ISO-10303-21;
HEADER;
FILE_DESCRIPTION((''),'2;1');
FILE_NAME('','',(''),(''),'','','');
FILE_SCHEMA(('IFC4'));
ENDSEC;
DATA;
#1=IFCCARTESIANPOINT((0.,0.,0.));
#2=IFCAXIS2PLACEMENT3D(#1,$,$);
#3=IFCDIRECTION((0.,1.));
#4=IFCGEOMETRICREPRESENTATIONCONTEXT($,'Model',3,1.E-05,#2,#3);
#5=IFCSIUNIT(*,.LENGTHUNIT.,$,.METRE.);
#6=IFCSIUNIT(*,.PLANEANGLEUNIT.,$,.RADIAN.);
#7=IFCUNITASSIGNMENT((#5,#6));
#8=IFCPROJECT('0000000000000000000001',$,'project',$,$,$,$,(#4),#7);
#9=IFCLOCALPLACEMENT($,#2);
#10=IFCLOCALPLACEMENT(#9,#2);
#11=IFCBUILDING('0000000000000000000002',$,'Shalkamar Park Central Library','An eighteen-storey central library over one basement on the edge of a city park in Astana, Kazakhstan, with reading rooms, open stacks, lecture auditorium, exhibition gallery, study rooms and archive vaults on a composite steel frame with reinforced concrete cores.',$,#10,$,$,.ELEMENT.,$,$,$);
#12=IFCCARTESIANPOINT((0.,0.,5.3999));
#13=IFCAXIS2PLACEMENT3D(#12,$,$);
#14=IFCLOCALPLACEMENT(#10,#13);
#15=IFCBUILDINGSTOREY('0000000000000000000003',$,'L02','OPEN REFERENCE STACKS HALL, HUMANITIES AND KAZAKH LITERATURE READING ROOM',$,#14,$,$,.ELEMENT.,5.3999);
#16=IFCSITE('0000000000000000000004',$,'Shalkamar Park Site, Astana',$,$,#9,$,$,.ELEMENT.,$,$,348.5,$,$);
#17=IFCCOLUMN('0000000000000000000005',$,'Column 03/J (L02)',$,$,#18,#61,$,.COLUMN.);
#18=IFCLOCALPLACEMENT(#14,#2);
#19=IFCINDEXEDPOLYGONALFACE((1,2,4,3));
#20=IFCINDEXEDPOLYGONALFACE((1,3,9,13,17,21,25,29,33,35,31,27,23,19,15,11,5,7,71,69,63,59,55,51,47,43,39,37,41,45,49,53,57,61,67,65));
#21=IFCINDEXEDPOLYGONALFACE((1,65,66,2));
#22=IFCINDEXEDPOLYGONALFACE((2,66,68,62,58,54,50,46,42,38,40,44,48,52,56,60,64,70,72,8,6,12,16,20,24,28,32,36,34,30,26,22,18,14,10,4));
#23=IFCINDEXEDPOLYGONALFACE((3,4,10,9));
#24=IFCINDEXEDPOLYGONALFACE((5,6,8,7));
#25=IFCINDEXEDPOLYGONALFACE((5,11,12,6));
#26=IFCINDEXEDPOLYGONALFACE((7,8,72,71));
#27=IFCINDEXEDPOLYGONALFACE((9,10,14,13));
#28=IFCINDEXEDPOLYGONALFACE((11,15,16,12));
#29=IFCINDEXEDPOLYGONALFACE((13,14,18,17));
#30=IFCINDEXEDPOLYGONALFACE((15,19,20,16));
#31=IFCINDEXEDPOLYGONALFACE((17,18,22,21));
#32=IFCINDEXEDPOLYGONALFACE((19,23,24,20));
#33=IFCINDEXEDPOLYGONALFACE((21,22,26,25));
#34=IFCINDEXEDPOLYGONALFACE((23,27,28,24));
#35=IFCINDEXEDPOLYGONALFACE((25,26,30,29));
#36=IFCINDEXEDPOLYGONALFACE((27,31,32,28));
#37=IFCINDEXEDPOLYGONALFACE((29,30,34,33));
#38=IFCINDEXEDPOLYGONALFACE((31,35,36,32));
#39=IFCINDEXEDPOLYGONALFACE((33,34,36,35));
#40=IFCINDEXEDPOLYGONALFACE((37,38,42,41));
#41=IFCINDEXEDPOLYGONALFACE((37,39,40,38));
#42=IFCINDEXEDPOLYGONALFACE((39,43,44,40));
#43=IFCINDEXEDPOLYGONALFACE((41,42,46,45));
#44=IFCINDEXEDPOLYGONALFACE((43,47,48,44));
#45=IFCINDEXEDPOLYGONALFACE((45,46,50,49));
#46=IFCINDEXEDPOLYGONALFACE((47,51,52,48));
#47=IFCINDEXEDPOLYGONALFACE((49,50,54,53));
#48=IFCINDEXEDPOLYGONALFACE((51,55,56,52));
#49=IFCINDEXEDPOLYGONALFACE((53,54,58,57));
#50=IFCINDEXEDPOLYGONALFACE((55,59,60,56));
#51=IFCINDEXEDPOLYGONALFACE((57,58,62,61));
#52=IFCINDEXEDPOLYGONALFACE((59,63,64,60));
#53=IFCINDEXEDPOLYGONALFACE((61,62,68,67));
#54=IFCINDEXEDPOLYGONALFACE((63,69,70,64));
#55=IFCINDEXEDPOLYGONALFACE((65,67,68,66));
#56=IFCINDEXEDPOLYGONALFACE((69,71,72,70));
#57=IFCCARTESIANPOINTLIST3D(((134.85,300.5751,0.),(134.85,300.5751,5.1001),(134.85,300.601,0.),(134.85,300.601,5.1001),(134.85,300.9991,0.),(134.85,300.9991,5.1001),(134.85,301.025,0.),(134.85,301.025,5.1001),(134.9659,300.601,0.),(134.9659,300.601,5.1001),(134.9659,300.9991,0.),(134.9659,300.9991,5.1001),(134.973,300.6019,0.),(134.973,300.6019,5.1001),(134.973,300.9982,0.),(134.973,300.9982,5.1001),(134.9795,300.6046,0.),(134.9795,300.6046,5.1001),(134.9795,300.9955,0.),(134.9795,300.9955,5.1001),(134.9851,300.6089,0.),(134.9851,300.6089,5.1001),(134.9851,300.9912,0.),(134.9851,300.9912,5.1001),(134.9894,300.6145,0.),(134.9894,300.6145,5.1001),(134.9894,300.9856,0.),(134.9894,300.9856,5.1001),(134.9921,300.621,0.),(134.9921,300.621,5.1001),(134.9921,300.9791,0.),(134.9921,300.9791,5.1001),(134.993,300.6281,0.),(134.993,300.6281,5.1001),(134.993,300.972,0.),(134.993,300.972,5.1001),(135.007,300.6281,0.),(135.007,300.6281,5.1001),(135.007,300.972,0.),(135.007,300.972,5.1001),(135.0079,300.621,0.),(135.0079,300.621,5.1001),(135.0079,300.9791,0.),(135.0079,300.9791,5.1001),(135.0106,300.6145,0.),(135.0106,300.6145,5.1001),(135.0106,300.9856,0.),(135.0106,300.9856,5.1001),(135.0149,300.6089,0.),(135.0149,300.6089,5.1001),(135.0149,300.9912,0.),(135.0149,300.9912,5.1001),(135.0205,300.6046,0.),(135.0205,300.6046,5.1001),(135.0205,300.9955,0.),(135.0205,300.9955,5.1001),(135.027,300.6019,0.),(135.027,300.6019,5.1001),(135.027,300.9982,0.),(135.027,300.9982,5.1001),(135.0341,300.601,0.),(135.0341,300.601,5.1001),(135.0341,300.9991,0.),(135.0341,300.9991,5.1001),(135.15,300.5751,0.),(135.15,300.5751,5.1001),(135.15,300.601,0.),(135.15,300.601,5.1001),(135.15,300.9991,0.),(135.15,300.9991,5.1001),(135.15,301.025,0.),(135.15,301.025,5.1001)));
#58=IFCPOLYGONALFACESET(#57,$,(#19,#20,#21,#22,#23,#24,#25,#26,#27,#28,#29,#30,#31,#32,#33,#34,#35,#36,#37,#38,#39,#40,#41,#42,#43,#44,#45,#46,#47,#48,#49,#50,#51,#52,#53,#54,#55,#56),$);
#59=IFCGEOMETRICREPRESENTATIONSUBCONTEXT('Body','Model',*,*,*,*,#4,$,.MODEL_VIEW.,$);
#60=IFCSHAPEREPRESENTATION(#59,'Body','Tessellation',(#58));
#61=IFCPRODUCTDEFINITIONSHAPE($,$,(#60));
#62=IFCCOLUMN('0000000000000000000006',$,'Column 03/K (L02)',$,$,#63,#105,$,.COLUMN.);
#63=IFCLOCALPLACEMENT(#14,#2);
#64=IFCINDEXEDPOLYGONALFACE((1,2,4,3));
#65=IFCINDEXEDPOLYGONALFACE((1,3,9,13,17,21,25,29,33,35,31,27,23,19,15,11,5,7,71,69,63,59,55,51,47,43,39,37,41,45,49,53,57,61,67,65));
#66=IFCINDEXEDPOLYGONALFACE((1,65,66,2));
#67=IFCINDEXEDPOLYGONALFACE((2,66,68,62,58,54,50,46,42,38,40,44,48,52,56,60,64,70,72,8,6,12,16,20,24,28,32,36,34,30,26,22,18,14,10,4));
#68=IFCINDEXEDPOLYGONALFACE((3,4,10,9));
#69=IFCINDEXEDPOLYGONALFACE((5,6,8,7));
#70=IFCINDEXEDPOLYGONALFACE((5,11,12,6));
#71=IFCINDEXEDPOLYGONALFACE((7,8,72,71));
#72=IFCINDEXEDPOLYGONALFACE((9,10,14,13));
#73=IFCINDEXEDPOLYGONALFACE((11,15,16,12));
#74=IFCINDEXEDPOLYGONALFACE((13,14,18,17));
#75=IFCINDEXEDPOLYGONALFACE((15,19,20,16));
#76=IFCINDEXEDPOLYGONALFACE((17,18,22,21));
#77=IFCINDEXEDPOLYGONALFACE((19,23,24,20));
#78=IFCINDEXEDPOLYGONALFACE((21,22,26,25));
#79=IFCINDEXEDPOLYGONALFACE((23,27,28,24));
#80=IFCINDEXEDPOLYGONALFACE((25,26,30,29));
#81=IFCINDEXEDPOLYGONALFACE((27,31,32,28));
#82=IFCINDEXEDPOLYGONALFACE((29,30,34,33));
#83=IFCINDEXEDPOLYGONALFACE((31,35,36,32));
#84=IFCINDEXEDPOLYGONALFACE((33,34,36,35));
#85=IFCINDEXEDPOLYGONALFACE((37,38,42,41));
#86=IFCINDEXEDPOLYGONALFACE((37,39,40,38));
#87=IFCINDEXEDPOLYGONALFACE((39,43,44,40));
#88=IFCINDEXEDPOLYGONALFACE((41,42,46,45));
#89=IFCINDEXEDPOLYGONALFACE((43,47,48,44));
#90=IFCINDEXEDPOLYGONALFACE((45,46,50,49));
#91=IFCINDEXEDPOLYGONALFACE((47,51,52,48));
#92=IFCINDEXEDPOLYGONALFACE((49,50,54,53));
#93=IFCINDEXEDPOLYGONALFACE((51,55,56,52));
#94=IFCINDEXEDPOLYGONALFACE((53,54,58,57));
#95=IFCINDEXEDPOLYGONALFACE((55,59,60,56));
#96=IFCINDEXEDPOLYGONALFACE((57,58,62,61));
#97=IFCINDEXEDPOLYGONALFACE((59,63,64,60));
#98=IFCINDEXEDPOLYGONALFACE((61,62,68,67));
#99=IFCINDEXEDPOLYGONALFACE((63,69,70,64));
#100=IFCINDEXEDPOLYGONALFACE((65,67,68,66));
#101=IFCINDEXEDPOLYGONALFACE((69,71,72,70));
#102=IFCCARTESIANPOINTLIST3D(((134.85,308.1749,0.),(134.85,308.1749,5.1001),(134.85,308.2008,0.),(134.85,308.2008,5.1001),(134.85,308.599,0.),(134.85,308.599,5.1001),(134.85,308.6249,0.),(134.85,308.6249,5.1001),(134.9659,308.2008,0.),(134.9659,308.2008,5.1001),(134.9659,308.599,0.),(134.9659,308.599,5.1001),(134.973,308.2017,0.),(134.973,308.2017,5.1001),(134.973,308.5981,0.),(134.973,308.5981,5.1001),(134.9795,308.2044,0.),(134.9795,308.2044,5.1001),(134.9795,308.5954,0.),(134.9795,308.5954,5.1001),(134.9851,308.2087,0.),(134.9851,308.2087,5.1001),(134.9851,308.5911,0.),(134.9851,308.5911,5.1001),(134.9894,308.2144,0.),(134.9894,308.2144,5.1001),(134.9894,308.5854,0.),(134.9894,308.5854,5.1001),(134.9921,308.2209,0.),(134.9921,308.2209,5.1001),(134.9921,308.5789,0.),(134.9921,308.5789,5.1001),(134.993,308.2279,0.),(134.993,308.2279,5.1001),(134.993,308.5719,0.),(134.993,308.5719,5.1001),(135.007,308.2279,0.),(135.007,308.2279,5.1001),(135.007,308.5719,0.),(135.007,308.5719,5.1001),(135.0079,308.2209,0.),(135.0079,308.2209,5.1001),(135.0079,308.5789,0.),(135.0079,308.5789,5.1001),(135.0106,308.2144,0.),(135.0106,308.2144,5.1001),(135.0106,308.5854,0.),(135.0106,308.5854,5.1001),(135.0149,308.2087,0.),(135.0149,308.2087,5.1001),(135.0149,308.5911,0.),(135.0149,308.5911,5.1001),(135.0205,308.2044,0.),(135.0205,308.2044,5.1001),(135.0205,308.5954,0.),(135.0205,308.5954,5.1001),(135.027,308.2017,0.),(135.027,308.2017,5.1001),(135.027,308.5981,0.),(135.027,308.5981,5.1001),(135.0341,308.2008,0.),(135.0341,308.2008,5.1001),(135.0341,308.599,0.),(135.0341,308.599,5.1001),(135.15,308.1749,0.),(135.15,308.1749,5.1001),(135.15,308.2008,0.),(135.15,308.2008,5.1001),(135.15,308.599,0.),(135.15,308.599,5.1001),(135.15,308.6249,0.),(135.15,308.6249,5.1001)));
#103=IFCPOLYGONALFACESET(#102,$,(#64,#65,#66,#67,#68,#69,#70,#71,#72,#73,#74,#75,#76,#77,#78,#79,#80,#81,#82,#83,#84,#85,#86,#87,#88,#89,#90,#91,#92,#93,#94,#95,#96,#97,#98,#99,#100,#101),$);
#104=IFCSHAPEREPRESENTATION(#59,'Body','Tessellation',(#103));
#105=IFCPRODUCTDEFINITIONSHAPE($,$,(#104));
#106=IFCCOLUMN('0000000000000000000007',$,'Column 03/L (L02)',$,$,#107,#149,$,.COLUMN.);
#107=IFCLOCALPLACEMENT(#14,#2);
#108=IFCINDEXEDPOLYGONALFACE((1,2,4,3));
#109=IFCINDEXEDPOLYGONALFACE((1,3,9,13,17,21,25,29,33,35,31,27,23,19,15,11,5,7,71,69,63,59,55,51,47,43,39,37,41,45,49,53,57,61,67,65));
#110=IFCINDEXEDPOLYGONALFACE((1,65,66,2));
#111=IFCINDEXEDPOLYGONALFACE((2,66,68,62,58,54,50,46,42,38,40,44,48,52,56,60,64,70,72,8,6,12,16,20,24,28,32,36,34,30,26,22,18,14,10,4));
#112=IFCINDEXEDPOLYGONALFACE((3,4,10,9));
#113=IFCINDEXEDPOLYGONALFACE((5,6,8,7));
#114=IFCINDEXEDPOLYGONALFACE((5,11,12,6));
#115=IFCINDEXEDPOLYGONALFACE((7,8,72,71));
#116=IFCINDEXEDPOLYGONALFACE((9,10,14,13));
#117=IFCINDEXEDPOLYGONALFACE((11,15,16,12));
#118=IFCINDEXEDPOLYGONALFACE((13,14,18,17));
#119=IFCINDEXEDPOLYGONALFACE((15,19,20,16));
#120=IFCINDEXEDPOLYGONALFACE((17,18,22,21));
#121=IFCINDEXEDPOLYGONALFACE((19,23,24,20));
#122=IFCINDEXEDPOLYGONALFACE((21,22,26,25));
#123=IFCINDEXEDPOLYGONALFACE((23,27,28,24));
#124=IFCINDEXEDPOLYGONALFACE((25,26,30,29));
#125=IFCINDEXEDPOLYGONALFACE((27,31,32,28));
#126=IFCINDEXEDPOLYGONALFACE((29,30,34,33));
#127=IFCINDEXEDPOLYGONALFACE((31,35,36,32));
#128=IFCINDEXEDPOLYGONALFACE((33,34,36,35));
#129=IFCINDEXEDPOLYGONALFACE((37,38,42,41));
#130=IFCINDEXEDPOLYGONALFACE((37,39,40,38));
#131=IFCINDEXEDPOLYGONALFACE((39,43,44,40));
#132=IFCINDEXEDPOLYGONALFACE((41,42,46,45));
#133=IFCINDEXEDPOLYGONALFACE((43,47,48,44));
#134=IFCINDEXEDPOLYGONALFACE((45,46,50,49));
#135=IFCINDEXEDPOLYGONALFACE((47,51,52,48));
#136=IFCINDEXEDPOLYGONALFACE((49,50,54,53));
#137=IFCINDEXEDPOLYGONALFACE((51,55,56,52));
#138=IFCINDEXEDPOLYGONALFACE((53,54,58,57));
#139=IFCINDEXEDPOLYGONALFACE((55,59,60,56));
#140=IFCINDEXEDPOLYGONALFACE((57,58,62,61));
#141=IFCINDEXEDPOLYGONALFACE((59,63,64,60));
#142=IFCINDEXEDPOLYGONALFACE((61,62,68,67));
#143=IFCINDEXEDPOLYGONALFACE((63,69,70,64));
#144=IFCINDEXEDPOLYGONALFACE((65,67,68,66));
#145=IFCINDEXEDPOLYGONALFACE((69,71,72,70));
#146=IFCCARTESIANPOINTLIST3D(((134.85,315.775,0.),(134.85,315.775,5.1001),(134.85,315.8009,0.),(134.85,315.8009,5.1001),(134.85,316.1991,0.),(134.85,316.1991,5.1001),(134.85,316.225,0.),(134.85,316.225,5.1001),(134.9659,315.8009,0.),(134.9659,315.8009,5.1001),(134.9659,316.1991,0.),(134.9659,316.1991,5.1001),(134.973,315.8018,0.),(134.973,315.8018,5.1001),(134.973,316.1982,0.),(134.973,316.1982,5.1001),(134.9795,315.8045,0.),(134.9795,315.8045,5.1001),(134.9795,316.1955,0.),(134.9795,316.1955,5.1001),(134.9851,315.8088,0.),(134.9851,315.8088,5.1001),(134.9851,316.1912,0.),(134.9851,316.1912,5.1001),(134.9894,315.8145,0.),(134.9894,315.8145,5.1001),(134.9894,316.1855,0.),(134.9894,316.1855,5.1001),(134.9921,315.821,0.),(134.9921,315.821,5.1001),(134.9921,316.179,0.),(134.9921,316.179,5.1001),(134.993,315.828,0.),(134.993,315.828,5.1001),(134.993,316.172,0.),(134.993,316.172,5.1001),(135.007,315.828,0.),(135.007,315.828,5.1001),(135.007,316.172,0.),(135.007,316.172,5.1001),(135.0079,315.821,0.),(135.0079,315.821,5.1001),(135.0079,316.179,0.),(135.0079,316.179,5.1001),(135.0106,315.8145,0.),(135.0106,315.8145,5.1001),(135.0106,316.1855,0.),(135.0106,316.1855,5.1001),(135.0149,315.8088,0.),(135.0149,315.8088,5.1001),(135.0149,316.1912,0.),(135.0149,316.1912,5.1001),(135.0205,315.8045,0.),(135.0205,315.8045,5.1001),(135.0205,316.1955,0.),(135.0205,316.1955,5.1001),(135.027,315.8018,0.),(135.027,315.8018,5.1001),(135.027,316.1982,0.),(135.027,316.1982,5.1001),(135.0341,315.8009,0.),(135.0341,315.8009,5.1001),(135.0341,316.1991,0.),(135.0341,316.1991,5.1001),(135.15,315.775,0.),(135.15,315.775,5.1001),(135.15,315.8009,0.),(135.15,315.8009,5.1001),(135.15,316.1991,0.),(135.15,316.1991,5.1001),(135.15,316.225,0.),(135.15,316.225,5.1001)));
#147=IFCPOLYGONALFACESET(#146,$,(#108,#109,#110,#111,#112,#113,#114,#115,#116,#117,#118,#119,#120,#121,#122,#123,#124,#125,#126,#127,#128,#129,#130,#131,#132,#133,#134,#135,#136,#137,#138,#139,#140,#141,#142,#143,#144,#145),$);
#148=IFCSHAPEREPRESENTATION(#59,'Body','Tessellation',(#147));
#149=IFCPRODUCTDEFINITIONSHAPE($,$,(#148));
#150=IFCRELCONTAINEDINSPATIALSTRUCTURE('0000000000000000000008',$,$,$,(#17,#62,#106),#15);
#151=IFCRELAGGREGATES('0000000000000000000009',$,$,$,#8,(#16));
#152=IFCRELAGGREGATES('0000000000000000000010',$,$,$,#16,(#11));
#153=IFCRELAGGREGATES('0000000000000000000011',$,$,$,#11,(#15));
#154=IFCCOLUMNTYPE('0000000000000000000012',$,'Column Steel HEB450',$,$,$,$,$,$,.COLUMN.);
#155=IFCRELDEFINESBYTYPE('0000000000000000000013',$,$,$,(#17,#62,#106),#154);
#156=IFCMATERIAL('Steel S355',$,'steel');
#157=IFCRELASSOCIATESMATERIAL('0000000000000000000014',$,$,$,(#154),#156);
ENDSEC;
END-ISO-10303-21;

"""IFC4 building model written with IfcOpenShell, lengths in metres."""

from ifc_helpers import new_model, si_unit, direction, frame, origin, origin_2d, place, context, subcontext, project, spatial, i_section, extrude, material, material_profile, profile_set, type_object, element, save


model = new_model("IFC4")

# Units and contexts
model_context = context("Model", 3, precision=1e-05, world=origin(), true_north=direction((0.0, 1.0)))
body_context = subcontext(model_context, "Body", "Model", "MODEL_VIEW")
ifc_project = project(units=[si_unit("LENGTHUNIT", "METRE"), si_unit("PLANEANGLEUNIT", "RADIAN")], contexts=[model_context])

# Site, building, storey
site_placement = place(None, origin())
site = spatial("IfcSite", under=ifc_project, at=site_placement, Name="Shalkamar Park Site, Astana", CompositionType="ELEMENT", RefElevation=348.5)
building_placement = place(site_placement, origin())
building = spatial("IfcBuilding", under=site, at=building_placement, Name="Shalkamar Park Central Library", Description="An eighteen-storey central library over one basement on the edge of a city park in Astana, Kazakhstan, with reading rooms, open stacks, lecture auditorium, exhibition gallery, study rooms and archive vaults on a composite steel frame with reinforced concrete cores.", CompositionType="ELEMENT")
storey_placement = place(building_placement, frame((0.0, 0.0, 5.3999)))
storey = spatial("IfcBuildingStorey", under=building, at=storey_placement, Name="L02", Description="OPEN REFERENCE STACKS HALL, HUMANITIES AND KAZAKH LITERATURE READING ROOM", CompositionType="ELEMENT", Elevation=5.3999)

# Columns
ifc_material_1 = material(Name="Steel S355", Category="steel")
ifc_material_profile_1 = material_profile(ifc_material_1, i_section(OverallWidth=0.3, OverallDepth=0.45, WebThickness=0.0139, FlangeThickness=0.0259, FilletRadius=0.0271, at=origin_2d()), Name="HEB 450")
ifc_profile_set_1 = profile_set([ifc_material_profile_1], Name="Steel S355")
column_type = type_object("IfcColumnType", Name="Column Steel HEB450", PredefinedType="COLUMN", material=ifc_profile_set_1)
for number, where, z_axis, x_axis, name in (
    (1, (135.0, 300.8, 0.0), (0.0, 0.0, 1.0), (1.0, 0.0, 0.0), "Column 03/J (L02)"),
    (2, (135.0, 308.3999, 0.0), (0.0, 0.0, 1.0), (1.0, 0.0, 0.0), "Column 03/K (L02)"),
    (3, (135.0, 316.0, 0.0), (0.0, 0.0, 1.0), (1.0, 0.0, 0.0), "Column 03/L (L02)"),
):
    element("IfcColumn", number, at=place(storey_placement, frame(where, z_axis=z_axis, x_axis=x_axis)), inside=storey, type_object=column_type, Name=name, PredefinedType="COLUMN", context=body_context, shape_type="SweptSolid", body=[
        extrude(i_section(OverallWidth=0.3, OverallDepth=0.45, WebThickness=0.0139, FlangeThickness=0.0259, FilletRadius=0.0271, at=origin_2d()), origin(), (0.0, 0.0, 1.0), 5.1001),
    ])

save(model, "model.ifc")
